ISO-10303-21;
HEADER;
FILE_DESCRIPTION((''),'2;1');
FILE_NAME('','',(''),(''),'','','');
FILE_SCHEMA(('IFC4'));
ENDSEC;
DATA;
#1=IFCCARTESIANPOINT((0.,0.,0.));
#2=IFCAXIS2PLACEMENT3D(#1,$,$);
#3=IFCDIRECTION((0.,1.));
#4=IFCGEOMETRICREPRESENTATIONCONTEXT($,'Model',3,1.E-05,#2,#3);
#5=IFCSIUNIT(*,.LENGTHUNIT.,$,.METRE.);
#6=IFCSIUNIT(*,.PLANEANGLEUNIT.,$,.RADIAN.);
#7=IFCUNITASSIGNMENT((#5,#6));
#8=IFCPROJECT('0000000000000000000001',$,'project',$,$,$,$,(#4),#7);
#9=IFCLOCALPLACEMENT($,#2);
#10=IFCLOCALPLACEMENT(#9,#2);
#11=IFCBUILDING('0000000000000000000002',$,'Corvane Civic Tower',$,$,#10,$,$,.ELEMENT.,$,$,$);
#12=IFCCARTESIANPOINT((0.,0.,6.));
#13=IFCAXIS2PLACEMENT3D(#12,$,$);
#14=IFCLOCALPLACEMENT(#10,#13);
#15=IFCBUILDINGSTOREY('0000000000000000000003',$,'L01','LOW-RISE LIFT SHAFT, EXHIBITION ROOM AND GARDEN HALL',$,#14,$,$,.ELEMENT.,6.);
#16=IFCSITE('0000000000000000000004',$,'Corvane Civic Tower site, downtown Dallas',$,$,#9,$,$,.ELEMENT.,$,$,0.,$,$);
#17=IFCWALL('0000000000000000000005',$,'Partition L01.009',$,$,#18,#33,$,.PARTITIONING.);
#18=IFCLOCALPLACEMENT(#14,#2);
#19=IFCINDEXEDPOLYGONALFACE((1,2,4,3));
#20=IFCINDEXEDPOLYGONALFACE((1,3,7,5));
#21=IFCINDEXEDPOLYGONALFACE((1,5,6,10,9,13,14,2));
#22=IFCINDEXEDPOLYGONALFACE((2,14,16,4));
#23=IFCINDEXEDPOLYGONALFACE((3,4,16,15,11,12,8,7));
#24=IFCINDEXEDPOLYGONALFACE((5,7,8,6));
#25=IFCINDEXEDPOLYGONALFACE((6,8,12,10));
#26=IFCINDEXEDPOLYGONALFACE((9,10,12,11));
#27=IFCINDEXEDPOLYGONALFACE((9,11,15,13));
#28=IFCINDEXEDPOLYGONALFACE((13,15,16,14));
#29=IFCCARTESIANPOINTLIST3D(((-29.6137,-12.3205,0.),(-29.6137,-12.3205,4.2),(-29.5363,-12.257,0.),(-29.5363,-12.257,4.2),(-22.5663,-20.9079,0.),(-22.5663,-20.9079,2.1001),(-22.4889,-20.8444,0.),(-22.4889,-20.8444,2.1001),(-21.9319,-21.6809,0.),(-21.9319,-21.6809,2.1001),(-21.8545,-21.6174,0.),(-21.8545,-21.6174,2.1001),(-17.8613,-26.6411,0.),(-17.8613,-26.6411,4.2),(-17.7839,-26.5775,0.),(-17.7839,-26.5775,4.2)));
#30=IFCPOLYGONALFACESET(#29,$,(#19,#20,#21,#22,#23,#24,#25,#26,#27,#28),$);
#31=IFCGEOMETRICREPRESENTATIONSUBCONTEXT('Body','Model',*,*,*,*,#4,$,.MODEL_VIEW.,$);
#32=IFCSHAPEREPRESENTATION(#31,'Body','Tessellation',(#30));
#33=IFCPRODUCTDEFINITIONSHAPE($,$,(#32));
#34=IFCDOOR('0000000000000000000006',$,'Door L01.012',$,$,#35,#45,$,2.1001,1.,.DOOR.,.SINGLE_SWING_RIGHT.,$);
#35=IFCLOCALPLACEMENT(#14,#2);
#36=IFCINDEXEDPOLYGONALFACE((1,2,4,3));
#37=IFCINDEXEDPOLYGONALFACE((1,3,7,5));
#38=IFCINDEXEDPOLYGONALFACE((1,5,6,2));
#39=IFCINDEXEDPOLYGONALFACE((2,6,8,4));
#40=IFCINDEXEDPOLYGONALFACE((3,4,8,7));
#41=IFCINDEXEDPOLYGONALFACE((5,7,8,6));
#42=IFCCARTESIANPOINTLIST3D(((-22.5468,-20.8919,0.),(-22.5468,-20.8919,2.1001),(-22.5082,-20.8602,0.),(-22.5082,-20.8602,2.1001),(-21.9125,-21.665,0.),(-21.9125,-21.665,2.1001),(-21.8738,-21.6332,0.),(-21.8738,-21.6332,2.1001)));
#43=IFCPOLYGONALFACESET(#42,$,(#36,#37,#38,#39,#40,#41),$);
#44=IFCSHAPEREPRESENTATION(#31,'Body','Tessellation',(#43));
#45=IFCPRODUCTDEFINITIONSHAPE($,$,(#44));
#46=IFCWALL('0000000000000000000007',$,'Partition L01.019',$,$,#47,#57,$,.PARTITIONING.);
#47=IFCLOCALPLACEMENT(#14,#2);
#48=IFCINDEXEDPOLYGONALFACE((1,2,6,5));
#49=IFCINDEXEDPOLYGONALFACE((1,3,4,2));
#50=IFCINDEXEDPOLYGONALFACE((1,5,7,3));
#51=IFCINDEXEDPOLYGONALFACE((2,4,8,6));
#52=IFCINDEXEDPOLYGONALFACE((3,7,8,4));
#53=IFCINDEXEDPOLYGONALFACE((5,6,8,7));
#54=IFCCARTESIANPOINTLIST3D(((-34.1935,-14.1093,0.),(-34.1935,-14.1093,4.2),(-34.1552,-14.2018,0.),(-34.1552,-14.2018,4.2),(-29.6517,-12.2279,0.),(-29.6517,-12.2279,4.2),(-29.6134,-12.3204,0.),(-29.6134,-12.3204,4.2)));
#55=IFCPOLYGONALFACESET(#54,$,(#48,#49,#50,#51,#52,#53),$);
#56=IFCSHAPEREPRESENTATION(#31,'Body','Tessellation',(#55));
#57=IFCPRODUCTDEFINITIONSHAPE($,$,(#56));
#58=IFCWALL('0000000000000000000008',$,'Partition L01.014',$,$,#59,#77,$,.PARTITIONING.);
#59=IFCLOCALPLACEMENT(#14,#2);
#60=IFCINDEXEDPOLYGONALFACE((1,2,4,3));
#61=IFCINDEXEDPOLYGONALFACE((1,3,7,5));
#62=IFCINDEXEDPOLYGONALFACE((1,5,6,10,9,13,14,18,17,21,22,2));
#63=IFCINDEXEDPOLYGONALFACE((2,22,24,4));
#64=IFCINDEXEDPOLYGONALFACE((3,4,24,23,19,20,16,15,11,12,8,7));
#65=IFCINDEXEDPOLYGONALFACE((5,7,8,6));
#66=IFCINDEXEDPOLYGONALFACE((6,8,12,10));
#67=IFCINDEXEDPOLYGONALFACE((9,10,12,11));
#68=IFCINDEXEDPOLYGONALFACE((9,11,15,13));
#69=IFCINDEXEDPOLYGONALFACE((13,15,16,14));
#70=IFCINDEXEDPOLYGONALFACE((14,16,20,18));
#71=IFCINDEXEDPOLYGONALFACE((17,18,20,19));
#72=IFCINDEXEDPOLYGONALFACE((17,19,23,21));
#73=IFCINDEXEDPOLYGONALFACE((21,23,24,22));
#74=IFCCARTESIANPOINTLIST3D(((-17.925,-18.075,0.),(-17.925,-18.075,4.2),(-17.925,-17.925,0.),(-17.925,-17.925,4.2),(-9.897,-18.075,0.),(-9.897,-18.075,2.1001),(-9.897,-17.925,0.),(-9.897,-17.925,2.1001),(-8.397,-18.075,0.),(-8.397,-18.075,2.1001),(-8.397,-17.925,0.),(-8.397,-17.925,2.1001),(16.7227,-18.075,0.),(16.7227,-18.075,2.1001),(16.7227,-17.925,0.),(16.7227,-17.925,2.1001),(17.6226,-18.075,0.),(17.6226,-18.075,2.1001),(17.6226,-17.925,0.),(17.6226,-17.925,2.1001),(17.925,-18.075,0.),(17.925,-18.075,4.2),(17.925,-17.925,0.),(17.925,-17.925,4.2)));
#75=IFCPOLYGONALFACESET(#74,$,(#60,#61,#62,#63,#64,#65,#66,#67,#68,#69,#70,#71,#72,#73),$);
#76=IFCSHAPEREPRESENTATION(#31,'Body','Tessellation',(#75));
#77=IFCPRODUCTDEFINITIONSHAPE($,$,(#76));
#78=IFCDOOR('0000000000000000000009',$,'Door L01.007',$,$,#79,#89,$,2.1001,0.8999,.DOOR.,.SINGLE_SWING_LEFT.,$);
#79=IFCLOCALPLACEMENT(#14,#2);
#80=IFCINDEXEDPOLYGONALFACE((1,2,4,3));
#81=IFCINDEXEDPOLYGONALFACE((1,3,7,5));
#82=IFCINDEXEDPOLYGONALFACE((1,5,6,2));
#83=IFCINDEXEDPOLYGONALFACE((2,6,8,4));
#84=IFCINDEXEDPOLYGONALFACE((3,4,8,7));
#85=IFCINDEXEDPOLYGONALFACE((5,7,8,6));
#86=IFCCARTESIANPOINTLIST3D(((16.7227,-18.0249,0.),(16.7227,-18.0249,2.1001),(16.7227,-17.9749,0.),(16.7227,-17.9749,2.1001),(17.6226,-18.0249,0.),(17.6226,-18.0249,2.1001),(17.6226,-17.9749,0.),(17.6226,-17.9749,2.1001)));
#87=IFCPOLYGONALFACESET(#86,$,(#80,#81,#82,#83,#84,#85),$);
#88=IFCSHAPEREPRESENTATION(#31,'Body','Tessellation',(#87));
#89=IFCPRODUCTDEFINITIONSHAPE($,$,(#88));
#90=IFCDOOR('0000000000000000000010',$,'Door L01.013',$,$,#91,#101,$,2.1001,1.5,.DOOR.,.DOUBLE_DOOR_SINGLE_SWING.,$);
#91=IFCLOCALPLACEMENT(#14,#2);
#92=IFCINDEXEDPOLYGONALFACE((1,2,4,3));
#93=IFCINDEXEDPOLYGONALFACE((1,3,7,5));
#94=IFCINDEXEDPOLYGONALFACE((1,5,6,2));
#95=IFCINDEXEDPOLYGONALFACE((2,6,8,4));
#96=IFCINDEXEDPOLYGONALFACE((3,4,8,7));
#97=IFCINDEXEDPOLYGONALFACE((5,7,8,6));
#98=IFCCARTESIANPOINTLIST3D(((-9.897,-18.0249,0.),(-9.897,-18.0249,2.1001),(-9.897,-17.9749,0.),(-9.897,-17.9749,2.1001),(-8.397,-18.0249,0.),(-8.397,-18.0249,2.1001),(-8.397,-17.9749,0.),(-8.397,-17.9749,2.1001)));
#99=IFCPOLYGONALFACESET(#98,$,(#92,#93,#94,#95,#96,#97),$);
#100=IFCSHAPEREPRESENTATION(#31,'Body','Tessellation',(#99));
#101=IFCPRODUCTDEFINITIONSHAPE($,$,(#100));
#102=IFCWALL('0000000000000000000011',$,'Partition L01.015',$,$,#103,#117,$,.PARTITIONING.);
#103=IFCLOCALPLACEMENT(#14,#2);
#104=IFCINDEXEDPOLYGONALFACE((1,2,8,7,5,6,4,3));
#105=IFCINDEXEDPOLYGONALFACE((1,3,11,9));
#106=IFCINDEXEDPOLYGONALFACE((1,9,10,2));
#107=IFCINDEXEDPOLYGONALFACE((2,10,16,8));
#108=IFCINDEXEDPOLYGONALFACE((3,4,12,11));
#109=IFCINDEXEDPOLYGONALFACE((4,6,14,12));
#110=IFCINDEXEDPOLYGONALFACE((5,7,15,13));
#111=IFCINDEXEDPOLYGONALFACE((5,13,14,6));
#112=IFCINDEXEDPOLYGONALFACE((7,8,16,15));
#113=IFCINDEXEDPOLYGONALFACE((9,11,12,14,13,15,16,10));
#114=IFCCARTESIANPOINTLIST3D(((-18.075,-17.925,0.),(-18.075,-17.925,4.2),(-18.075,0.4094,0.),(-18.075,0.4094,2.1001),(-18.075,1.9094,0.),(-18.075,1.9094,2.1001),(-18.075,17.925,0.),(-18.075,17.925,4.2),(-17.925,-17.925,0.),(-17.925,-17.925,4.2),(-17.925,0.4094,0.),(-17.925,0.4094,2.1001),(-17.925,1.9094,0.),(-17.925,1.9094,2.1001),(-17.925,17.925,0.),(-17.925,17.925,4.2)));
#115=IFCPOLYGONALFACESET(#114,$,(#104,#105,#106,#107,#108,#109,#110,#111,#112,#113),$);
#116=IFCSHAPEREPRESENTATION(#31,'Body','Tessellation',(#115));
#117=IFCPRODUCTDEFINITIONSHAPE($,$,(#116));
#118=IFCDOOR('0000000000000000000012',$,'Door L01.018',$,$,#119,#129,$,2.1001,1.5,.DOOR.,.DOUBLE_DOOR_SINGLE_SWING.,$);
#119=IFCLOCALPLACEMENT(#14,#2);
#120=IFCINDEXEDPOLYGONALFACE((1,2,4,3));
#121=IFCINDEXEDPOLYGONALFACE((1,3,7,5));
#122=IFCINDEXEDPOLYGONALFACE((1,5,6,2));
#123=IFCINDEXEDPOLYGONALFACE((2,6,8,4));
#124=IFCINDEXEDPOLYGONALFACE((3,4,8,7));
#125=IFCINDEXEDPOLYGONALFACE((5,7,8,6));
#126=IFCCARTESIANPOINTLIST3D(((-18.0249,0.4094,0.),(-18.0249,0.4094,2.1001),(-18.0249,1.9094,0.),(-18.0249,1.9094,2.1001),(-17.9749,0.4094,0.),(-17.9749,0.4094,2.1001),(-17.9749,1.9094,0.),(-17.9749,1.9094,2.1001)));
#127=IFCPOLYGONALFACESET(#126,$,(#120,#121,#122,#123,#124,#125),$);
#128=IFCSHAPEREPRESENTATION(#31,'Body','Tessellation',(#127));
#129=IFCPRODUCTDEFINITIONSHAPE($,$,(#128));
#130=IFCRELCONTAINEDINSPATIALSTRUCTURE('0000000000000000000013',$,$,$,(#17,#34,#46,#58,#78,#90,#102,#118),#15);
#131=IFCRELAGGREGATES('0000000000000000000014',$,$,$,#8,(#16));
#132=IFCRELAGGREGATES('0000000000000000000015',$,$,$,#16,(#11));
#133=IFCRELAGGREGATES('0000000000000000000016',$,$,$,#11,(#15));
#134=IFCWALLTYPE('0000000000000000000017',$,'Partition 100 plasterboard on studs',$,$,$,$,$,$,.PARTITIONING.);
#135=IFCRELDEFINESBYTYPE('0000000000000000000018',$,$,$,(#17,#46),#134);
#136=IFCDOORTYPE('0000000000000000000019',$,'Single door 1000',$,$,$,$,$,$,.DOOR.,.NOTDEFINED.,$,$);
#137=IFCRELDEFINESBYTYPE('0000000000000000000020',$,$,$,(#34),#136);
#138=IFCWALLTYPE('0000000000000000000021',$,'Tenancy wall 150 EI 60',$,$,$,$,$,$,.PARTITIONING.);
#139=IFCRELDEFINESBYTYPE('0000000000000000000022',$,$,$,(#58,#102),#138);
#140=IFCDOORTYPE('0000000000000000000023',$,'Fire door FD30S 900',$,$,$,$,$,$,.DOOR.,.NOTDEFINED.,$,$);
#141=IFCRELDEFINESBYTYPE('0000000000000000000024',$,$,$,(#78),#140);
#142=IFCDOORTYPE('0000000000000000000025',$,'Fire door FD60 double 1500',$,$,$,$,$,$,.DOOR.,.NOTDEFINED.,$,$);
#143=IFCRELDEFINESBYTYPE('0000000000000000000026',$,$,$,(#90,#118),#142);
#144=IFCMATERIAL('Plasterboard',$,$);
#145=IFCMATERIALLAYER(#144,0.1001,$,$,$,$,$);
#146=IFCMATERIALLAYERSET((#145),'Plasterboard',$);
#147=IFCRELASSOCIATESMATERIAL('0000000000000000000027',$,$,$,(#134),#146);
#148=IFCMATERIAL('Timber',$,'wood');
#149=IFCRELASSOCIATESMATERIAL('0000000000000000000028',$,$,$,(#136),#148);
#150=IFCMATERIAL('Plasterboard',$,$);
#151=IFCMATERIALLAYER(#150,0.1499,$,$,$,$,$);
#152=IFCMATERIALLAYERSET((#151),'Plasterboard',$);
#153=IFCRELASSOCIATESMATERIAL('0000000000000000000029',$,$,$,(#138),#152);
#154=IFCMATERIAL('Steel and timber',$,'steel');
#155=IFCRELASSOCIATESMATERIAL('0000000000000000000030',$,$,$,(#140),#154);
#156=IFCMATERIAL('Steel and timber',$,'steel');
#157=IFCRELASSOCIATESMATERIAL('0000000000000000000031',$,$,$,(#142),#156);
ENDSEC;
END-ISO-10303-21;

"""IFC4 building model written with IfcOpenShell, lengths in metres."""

from ifc_helpers import new_model, si_unit, direction, frame, frame_2d, origin, place, context, subcontext, project, spatial, rectangle, extrude, material, layer, layer_set, type_object, element, fill, save


model = new_model("IFC4")

# Units and contexts
model_context = context("Model", 3, precision=1e-05, world=origin(), true_north=direction((0.0, 1.0)))
body_context = subcontext(model_context, "Body", "Model", "MODEL_VIEW")
ifc_project = project(units=[si_unit("LENGTHUNIT", "METRE"), si_unit("PLANEANGLEUNIT", "RADIAN")], contexts=[model_context])

# Site, building, storey
site_placement = place(None, origin())
site = spatial("IfcSite", under=ifc_project, at=site_placement, Name="Corvane Civic Tower site, downtown Dallas", CompositionType="ELEMENT", RefElevation=0.0)
building_placement = place(site_placement, origin())
building = spatial("IfcBuilding", under=site, at=building_placement, Name="Corvane Civic Tower", CompositionType="ELEMENT")
storey_placement = place(building_placement, frame((0.0, 0.0, 6.0)))
storey = spatial("IfcBuildingStorey", under=building, at=storey_placement, Name="L01", Description="LOW-RISE LIFT SHAFT, EXHIBITION ROOM AND GARDEN HALL", CompositionType="ELEMENT", Elevation=6.0)

# Wall, opening, door
ifc_material_1 = material(Name="Plasterboard")
ifc_layer_1 = layer(ifc_material_1, 0.1001)
ifc_layer_set_1 = layer_set([ifc_layer_1], Name="Plasterboard")
wall_type_1 = type_object("IfcWallType", Name="Partition 100 plasterboard on studs", PredefinedType="PARTITIONING", material=ifc_layer_set_1)
wall_1_placement = place(storey_placement, frame((-29.575, -12.2888, 0.0), z_axis=(0.0, 0.0, 1.0), x_axis=(0.634389, -0.773014, 0.0)))
wall_1 = element("IfcWall", 1, at=wall_1_placement, inside=storey, type_object=wall_type_1, Name="Partition L01.009", PredefinedType="PARTITIONING", context=body_context, shape_type="SweptSolid", body=[
    extrude(rectangle(XDim=18.5256, YDim=0.1001, at=frame_2d((9.2627, 0.0))), origin(), (0.0, 0.0, 1.0), 4.2),
])
opening_1_placement = place(wall_1_placement, frame((11.1089, 0.0, 0.0)))
opening_1 = element("IfcOpeningElement", 2, at=opening_1_placement, cuts=wall_1, PredefinedType="OPENING", context=body_context, shape_type="SweptSolid", body=[
    extrude(rectangle(XDim=1.0, YDim=2.1001, at=frame_2d((0.5, 1.05))), frame((0.0, 0.0601, 0.0), z_axis=(0.0, -1.0, 0.0), x_axis=(1.0, 0.0, 0.0)), (0.0, 0.0, 1.0), 0.1201),
])
ifc_material_2 = material(Name="Timber", Category="wood")
door_type_1 = type_object("IfcDoorType", Name="Single door 1000", OperationType="NOTDEFINED", PredefinedType="DOOR", material=ifc_material_2)
door_1_placement = place(opening_1_placement, frame((1.0, 0.0, 0.0), z_axis=(0.0, 0.0, 1.0), x_axis=(-1.0, 0.0, 0.0)))
door_1 = element("IfcDoor", 3, at=door_1_placement, inside=storey, type_object=door_type_1, Name="Door L01.012", OperationType="SINGLE_SWING_RIGHT", OverallHeight=2.1001, OverallWidth=1.0, PredefinedType="DOOR", context=body_context, shape_type="SweptSolid", body=[
    extrude(rectangle(XDim=1.0, YDim=2.1001, at=frame_2d((0.5, 1.05))), frame((0.0, 0.0249, 0.0), z_axis=(0.0, -1.0, 0.0), x_axis=(1.0, 0.0, 0.0)), (0.0, 0.0, 1.0), 0.05),
])
fill(opening_1, door_1)

# Wall
wall_2_placement = place(storey_placement, frame((-34.1743, -14.1555, 0.0), z_axis=(0.0, 0.0, 1.0), x_axis=(0.923873, 0.3827, 0.0)))
element("IfcWall", 4, at=wall_2_placement, inside=storey, type_object=wall_type_1, Name="Partition L01.019", PredefinedType="PARTITIONING", context=body_context, shape_type="SweptSolid", body=[
    extrude(rectangle(XDim=4.916, YDim=0.1001, at=frame_2d((2.458, 0.0))), origin(), (0.0, 0.0, 1.0), 4.2),
])

# Wall, openings, doors
ifc_material_3 = material(Name="Plasterboard")
ifc_layer_2 = layer(ifc_material_3, 0.1499)
ifc_layer_set_2 = layer_set([ifc_layer_2], Name="Plasterboard")
wall_type_2 = type_object("IfcWallType", Name="Tenancy wall 150 EI 60", PredefinedType="PARTITIONING", material=ifc_layer_set_2)
wall_3_placement = place(storey_placement, frame((-17.925, -18.0, 0.0), z_axis=(0.0, 0.0, 1.0), x_axis=(1.0, 0.0, 0.0)))
wall_3 = element("IfcWall", 5, at=wall_3_placement, inside=storey, type_object=wall_type_2, Name="Partition L01.014", PredefinedType="PARTITIONING", context=body_context, shape_type="SweptSolid", body=[
    extrude(rectangle(XDim=35.8501, YDim=0.1499, at=frame_2d((17.925, 0.0))), origin(), (0.0, 0.0, 1.0), 4.2),
])
opening_2_placement = place(wall_3_placement, frame((34.6477, 0.0, 0.0)))
opening_2 = element("IfcOpeningElement", 6, at=opening_2_placement, cuts=wall_3, PredefinedType="OPENING", context=body_context, shape_type="SweptSolid", body=[
    extrude(rectangle(XDim=0.8999, YDim=2.1001, at=frame_2d((0.45, 1.05))), frame((0.0, 0.085, 0.0), z_axis=(0.0, -1.0, 0.0), x_axis=(1.0, 0.0, 0.0)), (0.0, 0.0, 1.0), 0.1699),
])
opening_3_placement = place(wall_3_placement, frame((8.0281, 0.0, 0.0)))
opening_3 = element("IfcOpeningElement", 7, at=opening_3_placement, cuts=wall_3, PredefinedType="OPENING", context=body_context, shape_type="SweptSolid", body=[
    extrude(rectangle(XDim=1.5, YDim=2.1001, at=frame_2d((0.75, 1.05))), frame((0.0, 0.085, 0.0), z_axis=(0.0, -1.0, 0.0), x_axis=(1.0, 0.0, 0.0)), (0.0, 0.0, 1.0), 0.1699),
])
ifc_material_4 = material(Name="Steel and timber", Category="steel")
door_type_2 = type_object("IfcDoorType", Name="Fire door FD30S 900", OperationType="NOTDEFINED", PredefinedType="DOOR", material=ifc_material_4)
door_2_placement = place(opening_2_placement, frame((0.8999, 0.0, 0.0), z_axis=(0.0, 0.0, 1.0), x_axis=(-1.0, 0.0, 0.0)))
door_2 = element("IfcDoor", 8, at=door_2_placement, inside=storey, type_object=door_type_2, Name="Door L01.007", OperationType="SINGLE_SWING_LEFT", OverallHeight=2.1001, OverallWidth=0.8999, PredefinedType="DOOR", context=body_context, shape_type="SweptSolid", body=[
    extrude(rectangle(XDim=0.8999, YDim=2.1001, at=frame_2d((0.45, 1.05))), frame((0.0, 0.0249, 0.0), z_axis=(0.0, -1.0, 0.0), x_axis=(1.0, 0.0, 0.0)), (0.0, 0.0, 1.0), 0.05),
])
fill(opening_2, door_2)
ifc_material_5 = material(Name="Steel and timber", Category="steel")
door_type_3 = type_object("IfcDoorType", Name="Fire door FD60 double 1500", OperationType="NOTDEFINED", PredefinedType="DOOR", material=ifc_material_5)
door_3_placement = place(opening_3_placement, frame((1.5, 0.0, 0.0), z_axis=(0.0, 0.0, 1.0), x_axis=(-1.0, 0.0, 0.0)))
door_3 = element("IfcDoor", 9, at=door_3_placement, inside=storey, type_object=door_type_3, Name="Door L01.013", OperationType="DOUBLE_DOOR_SINGLE_SWING", OverallHeight=2.1001, OverallWidth=1.5, PredefinedType="DOOR", context=body_context, shape_type="SweptSolid", body=[
    extrude(rectangle(XDim=1.5, YDim=2.1001, at=frame_2d((0.75, 1.05))), frame((0.0, 0.0249, 0.0), z_axis=(0.0, -1.0, 0.0), x_axis=(1.0, 0.0, 0.0)), (0.0, 0.0, 1.0), 0.05),
])
fill(opening_3, door_3)

# Wall, opening, door
wall_4_placement = place(storey_placement, frame((-18.0, -17.925, 0.0), z_axis=(0.0, 0.0, 1.0), x_axis=(0.0, 1.0, 0.0)))
wall_4 = element("IfcWall", 10, at=wall_4_placement, inside=storey, type_object=wall_type_2, Name="Partition L01.015", PredefinedType="PARTITIONING", context=body_context, shape_type="SweptSolid", body=[
    extrude(rectangle(XDim=35.8501, YDim=0.1499, at=frame_2d((17.925, 0.0))), origin(), (0.0, 0.0, 1.0), 4.2),
])
opening_4_placement = place(wall_4_placement, frame((18.3345, 0.0, 0.0)))
opening_4 = element("IfcOpeningElement", 11, at=opening_4_placement, cuts=wall_4, PredefinedType="OPENING", context=body_context, shape_type="SweptSolid", body=[
    extrude(rectangle(XDim=1.5, YDim=2.1001, at=frame_2d((0.75, 1.05))), frame((0.0, 0.085, 0.0), z_axis=(0.0, -1.0, 0.0), x_axis=(1.0, 0.0, 0.0)), (0.0, 0.0, 1.0), 0.1699),
])
door_4_placement = place(opening_4_placement, origin())
door_4 = element("IfcDoor", 12, at=door_4_placement, inside=storey, type_object=door_type_3, Name="Door L01.018", OperationType="DOUBLE_DOOR_SINGLE_SWING", OverallHeight=2.1001, OverallWidth=1.5, PredefinedType="DOOR", context=body_context, shape_type="SweptSolid", body=[
    extrude(rectangle(XDim=1.5, YDim=2.1001, at=frame_2d((0.75, 1.05))), frame((0.0, 0.0249, 0.0), z_axis=(0.0, -1.0, 0.0), x_axis=(1.0, 0.0, 0.0)), (0.0, 0.0, 1.0), 0.05),
])
fill(opening_4, door_4)

save(model, "model.ifc")
